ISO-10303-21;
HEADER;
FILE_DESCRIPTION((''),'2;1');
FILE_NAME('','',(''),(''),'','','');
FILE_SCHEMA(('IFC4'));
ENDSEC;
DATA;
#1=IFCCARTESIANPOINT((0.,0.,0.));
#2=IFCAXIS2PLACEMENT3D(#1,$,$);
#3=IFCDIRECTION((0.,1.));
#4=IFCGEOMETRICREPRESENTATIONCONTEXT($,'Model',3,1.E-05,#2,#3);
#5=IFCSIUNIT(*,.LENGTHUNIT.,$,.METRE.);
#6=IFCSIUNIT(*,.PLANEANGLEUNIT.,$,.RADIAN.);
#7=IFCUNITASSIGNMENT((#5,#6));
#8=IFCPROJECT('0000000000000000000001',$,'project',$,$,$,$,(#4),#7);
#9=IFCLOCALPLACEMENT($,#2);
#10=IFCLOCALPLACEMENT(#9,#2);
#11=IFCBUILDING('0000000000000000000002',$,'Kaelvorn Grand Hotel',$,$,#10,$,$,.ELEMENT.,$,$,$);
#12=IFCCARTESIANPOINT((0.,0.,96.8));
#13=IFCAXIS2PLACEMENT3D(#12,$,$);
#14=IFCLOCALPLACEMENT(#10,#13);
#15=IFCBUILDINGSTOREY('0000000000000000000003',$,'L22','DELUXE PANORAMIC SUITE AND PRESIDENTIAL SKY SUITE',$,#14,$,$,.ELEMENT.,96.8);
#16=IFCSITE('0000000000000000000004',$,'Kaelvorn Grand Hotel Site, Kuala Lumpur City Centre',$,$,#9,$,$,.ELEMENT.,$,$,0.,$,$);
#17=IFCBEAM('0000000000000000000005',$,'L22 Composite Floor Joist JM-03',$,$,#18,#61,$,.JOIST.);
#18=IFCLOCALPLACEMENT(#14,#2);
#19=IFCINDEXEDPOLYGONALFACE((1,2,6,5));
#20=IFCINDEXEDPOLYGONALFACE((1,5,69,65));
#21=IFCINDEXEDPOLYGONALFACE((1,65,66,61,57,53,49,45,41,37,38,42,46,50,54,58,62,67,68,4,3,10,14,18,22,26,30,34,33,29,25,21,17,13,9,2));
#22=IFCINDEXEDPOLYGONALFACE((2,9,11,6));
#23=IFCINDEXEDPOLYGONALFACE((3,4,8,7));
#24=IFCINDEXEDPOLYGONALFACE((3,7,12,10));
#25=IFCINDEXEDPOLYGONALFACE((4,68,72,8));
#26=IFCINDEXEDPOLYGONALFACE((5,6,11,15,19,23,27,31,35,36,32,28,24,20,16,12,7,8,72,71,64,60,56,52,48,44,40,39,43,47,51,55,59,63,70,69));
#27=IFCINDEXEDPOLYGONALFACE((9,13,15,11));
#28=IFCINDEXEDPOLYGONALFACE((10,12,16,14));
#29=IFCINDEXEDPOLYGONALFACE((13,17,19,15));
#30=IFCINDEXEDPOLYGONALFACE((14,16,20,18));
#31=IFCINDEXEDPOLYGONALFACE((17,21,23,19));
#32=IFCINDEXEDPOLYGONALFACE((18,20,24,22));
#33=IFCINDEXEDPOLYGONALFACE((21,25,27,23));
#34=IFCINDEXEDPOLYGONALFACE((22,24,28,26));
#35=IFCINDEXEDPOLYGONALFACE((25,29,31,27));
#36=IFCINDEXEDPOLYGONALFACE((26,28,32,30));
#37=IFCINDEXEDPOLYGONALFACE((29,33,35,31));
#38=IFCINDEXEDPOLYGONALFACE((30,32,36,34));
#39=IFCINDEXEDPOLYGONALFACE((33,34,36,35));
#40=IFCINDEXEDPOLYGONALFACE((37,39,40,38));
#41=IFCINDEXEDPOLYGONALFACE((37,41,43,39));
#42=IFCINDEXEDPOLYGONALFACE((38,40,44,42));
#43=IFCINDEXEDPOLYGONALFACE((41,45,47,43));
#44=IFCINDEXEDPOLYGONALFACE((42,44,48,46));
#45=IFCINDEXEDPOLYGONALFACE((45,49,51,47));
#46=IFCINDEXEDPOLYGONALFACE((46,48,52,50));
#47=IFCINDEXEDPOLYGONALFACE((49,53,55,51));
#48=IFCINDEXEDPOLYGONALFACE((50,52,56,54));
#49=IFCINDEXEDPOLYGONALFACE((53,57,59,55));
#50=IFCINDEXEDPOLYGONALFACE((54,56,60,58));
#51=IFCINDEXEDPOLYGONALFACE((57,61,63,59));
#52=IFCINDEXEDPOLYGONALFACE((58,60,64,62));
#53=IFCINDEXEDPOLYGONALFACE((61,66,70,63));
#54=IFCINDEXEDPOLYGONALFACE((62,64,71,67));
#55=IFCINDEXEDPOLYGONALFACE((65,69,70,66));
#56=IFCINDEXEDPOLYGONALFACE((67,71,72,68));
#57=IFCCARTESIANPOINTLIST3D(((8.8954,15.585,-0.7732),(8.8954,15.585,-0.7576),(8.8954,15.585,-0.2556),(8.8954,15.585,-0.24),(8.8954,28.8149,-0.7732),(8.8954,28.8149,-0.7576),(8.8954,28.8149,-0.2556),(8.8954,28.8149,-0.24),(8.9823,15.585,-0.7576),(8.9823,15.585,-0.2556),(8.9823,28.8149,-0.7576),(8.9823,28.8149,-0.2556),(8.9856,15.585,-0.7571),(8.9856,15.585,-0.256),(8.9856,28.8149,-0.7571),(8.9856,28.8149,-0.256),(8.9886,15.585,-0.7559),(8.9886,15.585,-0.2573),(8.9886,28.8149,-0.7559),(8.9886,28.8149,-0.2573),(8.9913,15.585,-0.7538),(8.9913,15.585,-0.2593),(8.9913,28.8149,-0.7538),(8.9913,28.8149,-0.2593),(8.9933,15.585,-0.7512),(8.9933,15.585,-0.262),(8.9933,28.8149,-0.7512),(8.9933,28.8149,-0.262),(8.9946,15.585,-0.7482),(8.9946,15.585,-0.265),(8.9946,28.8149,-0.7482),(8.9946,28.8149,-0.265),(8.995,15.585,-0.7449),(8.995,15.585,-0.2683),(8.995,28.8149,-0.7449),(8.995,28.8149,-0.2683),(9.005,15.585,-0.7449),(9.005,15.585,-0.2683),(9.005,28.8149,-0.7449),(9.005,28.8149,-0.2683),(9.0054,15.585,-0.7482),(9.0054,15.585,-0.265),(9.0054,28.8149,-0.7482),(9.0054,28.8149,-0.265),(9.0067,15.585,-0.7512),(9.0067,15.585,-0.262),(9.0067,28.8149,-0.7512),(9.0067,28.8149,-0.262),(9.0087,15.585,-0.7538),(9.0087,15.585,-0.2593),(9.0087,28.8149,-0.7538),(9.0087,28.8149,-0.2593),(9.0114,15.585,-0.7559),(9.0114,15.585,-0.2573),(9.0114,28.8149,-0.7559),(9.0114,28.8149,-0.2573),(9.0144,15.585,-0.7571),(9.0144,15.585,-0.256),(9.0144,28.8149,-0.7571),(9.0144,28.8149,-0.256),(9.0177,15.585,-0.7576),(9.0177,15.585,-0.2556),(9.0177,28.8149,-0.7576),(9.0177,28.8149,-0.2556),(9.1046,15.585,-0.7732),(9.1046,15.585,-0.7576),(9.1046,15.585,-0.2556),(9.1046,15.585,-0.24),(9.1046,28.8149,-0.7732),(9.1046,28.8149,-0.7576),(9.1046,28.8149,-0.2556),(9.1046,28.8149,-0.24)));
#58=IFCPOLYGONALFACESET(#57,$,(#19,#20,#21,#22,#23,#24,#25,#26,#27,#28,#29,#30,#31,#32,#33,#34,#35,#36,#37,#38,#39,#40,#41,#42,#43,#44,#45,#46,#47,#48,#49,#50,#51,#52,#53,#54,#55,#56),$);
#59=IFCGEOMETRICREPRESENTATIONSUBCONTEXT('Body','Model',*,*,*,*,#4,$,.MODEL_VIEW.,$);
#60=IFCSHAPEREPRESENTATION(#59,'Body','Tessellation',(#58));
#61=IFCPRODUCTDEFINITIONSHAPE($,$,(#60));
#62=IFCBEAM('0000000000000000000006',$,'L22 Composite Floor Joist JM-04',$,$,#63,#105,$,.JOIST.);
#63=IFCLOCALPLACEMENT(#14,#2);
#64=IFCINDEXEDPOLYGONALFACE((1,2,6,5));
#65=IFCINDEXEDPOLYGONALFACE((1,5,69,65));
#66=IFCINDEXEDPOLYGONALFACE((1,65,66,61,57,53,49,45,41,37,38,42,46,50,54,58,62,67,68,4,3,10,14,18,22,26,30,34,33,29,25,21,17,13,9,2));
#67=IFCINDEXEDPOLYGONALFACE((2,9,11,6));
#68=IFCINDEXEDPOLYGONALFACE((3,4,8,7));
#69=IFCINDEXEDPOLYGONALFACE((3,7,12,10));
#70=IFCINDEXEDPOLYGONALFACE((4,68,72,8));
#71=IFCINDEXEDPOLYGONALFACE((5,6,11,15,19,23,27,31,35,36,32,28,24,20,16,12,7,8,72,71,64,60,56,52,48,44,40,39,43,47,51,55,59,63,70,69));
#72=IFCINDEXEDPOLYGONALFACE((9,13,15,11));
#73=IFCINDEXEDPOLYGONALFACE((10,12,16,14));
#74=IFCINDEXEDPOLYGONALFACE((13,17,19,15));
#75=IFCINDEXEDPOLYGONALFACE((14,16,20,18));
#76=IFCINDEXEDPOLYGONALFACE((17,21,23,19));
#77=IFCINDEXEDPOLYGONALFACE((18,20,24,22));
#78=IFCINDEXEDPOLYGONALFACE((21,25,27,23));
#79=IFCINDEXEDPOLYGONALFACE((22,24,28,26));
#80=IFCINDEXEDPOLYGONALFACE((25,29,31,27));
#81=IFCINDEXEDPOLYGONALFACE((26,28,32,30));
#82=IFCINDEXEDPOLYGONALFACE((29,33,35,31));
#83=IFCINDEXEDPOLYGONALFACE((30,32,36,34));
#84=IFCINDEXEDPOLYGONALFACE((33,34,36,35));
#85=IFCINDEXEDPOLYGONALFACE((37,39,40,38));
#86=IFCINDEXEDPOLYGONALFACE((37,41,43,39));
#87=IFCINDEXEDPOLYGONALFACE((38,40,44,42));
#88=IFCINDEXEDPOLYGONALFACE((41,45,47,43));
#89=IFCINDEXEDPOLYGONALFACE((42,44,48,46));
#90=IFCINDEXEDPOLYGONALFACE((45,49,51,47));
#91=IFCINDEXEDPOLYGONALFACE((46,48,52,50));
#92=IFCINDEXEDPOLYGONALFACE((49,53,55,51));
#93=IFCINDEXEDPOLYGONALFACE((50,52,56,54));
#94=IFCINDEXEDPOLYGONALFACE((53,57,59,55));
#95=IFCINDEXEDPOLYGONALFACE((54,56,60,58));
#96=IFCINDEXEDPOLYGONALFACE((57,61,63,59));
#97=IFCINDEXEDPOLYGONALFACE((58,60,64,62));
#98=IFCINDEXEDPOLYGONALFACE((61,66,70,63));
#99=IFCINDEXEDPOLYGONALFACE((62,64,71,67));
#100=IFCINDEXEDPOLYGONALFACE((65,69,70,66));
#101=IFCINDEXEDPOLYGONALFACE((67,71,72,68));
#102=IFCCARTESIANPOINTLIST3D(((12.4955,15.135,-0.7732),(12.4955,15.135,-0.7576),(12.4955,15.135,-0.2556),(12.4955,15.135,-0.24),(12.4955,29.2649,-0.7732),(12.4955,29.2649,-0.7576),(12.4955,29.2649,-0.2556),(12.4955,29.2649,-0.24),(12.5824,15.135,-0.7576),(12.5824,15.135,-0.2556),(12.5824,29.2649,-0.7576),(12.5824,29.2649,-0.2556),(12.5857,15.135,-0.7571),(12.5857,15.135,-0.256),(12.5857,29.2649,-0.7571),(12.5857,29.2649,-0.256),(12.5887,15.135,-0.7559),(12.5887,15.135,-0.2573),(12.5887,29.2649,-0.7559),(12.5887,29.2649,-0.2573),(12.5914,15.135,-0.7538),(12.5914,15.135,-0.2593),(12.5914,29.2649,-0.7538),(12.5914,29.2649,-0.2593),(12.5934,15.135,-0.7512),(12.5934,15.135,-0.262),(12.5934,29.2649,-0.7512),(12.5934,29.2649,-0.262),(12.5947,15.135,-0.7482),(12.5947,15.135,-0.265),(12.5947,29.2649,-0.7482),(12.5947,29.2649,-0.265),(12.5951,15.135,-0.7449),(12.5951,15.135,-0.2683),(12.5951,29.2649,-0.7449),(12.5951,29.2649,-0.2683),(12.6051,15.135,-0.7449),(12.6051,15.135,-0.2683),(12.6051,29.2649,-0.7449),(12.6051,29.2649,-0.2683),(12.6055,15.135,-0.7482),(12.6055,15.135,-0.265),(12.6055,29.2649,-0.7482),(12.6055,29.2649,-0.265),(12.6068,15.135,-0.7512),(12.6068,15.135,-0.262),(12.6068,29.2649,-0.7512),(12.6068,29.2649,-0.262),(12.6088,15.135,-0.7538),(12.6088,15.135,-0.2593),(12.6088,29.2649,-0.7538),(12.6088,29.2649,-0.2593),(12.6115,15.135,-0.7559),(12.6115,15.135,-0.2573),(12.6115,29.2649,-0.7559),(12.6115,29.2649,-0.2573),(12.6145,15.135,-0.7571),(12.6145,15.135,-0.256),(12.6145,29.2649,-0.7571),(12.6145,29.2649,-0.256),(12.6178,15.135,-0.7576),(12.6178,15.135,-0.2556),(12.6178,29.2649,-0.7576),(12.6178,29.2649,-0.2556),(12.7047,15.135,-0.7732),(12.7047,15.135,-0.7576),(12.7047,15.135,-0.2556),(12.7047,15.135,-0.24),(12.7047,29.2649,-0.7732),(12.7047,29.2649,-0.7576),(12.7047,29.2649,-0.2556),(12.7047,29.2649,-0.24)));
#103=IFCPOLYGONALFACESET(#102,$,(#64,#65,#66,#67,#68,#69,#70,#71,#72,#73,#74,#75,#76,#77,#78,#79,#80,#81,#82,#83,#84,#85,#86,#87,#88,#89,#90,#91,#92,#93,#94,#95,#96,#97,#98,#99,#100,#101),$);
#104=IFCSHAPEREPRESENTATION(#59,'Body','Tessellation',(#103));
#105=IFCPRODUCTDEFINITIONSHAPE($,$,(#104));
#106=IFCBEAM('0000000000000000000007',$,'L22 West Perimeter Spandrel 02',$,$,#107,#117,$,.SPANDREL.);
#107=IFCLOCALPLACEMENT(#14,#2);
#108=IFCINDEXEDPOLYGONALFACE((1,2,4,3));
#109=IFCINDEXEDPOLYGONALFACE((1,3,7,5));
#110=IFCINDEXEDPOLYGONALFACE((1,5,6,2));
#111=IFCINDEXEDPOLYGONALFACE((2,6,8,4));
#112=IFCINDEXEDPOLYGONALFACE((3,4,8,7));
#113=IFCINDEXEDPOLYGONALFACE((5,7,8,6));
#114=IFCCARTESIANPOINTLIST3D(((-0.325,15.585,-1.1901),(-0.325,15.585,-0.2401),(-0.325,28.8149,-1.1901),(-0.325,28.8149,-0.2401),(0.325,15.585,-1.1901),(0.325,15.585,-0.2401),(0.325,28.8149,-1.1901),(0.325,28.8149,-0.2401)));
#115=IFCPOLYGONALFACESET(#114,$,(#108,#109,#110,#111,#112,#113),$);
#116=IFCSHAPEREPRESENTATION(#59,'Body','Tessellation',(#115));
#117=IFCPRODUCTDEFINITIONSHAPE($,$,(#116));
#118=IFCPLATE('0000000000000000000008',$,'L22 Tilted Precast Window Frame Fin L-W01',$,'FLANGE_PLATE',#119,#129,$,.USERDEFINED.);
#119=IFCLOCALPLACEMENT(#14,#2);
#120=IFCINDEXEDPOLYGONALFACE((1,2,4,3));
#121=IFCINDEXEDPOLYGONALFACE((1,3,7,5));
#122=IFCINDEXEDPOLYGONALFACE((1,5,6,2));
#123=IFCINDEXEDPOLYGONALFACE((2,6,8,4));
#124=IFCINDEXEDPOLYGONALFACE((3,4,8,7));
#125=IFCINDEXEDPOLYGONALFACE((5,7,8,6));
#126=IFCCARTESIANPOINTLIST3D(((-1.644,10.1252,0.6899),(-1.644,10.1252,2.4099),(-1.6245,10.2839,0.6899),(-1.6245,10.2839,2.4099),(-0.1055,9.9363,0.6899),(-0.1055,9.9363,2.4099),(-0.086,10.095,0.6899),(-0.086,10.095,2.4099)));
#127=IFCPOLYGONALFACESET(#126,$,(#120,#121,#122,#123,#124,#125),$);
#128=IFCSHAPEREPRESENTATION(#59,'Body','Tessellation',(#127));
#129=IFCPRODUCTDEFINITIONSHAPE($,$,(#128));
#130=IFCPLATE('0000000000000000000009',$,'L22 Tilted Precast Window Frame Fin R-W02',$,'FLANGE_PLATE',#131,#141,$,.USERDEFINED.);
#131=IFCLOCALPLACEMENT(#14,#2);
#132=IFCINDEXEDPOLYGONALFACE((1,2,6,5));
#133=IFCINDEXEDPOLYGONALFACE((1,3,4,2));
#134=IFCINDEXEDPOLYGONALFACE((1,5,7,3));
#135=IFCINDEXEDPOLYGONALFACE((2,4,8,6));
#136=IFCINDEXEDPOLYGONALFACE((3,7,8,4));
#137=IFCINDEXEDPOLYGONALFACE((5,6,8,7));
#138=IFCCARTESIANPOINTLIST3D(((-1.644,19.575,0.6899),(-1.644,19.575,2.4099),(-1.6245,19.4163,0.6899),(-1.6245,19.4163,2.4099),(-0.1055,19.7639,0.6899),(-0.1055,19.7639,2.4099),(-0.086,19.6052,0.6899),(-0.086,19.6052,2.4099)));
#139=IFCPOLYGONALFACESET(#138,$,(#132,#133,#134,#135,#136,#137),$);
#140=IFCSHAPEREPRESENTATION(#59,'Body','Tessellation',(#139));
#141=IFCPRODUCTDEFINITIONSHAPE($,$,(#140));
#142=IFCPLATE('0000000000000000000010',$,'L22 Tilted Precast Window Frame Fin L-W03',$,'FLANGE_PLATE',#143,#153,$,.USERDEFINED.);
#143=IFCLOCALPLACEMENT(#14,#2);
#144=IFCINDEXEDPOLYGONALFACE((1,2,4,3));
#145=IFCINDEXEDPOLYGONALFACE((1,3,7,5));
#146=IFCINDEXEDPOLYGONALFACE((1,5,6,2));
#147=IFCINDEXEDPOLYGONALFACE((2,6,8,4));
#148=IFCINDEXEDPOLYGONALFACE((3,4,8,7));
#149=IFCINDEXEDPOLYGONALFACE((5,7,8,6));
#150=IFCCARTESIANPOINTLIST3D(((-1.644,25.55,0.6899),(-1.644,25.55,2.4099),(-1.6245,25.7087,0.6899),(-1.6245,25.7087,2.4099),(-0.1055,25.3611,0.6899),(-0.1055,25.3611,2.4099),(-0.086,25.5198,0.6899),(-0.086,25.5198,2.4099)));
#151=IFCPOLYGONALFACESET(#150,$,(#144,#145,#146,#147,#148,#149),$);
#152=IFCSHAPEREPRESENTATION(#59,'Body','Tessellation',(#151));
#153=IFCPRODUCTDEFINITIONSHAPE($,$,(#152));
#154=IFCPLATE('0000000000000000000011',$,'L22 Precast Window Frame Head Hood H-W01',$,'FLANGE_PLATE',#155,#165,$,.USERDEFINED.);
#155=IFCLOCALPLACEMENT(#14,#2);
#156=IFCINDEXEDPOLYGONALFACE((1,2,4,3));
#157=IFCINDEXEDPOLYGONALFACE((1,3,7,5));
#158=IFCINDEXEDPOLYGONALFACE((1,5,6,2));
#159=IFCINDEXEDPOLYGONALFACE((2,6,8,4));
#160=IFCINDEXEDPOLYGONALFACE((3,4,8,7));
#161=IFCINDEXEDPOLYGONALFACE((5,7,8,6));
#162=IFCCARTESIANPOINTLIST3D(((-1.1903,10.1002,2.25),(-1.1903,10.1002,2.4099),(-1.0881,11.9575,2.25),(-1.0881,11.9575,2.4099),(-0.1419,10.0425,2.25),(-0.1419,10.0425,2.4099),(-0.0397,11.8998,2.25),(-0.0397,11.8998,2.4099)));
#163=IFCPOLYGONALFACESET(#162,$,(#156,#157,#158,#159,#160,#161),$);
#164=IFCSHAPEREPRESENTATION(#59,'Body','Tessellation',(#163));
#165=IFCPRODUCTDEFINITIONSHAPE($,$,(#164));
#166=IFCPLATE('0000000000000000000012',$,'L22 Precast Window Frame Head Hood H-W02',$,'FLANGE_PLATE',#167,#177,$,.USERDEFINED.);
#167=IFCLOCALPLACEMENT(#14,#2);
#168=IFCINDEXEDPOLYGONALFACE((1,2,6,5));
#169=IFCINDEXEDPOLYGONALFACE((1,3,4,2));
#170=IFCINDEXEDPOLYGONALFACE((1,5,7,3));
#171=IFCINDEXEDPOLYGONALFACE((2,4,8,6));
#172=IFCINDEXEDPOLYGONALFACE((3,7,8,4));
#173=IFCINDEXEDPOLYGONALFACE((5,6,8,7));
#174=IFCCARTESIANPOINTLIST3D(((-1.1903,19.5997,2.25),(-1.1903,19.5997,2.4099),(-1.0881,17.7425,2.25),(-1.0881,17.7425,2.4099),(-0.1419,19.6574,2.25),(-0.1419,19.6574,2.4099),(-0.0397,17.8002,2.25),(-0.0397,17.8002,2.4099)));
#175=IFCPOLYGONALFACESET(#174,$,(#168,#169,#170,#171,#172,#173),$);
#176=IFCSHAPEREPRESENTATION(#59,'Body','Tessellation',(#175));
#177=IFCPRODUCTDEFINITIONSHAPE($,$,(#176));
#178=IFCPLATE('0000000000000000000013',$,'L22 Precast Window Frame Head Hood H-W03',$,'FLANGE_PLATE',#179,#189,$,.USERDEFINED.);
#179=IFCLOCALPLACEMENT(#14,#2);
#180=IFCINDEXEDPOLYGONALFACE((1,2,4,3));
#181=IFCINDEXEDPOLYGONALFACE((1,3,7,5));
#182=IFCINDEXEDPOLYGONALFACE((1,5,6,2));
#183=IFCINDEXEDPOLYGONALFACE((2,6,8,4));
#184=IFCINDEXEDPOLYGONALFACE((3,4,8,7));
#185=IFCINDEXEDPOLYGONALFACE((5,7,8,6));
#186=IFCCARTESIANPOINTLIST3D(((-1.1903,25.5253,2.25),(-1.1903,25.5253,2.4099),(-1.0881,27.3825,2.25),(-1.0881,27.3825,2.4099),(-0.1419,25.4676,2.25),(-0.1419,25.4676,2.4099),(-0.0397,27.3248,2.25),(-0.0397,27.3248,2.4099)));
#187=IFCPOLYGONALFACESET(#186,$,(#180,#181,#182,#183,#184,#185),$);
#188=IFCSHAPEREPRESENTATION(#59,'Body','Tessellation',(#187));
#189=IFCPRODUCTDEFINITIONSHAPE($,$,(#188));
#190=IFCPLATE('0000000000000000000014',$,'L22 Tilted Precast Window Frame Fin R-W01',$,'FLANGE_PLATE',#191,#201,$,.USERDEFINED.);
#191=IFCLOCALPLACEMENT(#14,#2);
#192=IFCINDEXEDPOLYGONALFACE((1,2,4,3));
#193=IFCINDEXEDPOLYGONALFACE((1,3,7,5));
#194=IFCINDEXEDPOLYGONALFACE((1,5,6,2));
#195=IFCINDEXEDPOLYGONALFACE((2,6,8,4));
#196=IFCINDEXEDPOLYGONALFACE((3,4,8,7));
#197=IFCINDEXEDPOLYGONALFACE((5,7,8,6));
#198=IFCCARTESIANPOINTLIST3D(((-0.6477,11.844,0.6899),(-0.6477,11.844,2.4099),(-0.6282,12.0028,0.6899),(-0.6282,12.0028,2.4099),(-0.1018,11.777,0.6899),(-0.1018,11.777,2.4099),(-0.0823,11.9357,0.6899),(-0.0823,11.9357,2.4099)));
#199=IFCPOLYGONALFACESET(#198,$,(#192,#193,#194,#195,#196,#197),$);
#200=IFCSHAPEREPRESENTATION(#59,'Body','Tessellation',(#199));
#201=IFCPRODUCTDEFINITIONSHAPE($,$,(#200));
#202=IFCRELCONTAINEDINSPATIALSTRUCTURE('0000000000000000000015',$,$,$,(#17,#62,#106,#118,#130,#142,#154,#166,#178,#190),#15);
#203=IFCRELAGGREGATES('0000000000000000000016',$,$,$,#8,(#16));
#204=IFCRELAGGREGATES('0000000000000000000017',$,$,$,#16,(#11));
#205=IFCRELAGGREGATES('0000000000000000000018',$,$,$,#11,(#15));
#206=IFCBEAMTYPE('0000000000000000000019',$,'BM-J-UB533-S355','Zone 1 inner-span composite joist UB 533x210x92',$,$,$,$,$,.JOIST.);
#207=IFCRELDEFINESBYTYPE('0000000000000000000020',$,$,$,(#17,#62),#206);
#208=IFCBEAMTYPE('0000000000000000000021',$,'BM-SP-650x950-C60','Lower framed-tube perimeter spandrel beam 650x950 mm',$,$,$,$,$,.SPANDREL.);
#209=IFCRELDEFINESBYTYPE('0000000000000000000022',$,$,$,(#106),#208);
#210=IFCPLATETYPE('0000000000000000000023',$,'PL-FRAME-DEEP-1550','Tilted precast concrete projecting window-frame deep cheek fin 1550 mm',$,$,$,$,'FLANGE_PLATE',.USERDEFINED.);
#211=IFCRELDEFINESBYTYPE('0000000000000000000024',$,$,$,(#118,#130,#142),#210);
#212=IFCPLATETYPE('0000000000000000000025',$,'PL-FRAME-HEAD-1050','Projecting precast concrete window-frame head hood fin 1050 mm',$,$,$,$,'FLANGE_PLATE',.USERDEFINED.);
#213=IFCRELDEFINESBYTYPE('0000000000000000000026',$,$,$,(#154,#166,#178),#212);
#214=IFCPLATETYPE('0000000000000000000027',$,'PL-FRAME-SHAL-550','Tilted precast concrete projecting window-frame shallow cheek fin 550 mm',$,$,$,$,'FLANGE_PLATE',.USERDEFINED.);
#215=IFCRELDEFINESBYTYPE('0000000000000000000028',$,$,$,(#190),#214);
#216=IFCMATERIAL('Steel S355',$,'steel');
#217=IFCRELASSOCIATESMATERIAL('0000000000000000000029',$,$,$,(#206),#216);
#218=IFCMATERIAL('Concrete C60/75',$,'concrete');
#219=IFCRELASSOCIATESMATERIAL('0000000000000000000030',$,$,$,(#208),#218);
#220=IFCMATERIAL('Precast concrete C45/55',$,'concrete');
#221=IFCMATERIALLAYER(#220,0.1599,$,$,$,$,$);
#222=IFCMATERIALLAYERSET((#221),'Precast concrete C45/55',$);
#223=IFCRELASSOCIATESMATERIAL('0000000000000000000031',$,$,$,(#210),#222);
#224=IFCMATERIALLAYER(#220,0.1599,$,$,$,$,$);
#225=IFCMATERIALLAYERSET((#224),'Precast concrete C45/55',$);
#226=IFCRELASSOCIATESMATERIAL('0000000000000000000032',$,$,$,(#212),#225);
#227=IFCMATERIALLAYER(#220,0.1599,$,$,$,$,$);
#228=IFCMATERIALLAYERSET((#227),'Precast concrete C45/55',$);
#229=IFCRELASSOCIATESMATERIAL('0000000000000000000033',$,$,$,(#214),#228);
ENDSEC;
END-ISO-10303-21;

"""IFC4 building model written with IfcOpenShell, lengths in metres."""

from ifc_helpers import new_model, si_unit, direction, frame, origin, origin_2d, place, context, subcontext, project, spatial, rectangle, i_section, extrude, material, layer, layer_set, material_profile, profile_set, type_object, element, save


model = new_model("IFC4")

# Units and contexts
model_context = context("Model", 3, precision=1e-05, world=origin(), true_north=direction((0.0, 1.0)))
body_context = subcontext(model_context, "Body", "Model", "MODEL_VIEW")
ifc_project = project(units=[si_unit("LENGTHUNIT", "METRE"), si_unit("PLANEANGLEUNIT", "RADIAN")], contexts=[model_context])

# Site, building, storey
site_placement = place(None, origin())
site = spatial("IfcSite", under=ifc_project, at=site_placement, Name="Kaelvorn Grand Hotel Site, Kuala Lumpur City Centre", CompositionType="ELEMENT", RefElevation=0.0)
building_placement = place(site_placement, origin())
building = spatial("IfcBuilding", under=site, at=building_placement, Name="Kaelvorn Grand Hotel", CompositionType="ELEMENT")
storey_placement = place(building_placement, frame((0.0, 0.0, 96.8)))
storey = spatial("IfcBuildingStorey", under=building, at=storey_placement, Name="L22", Description="DELUXE PANORAMIC SUITE AND PRESIDENTIAL SKY SUITE", CompositionType="ELEMENT", Elevation=96.8)

# Shared definitions
ifc_material_1 = material(Name="Concrete C60/75", Category="concrete")

# Beams
ifc_material_2 = material(Name="Steel S355", Category="steel")
ifc_material_profile_1 = material_profile(ifc_material_2, i_section(OverallWidth=0.2092, OverallDepth=0.5332, WebThickness=0.01, FlangeThickness=0.0156, FilletRadius=0.0127, at=origin_2d()), Name="UB 533x210x92")
ifc_profile_set_1 = profile_set([ifc_material_profile_1], Name="Steel S355")
beam_type_1 = type_object("IfcBeamType", Name="BM-J-UB533-S355", Description="Zone 1 inner-span composite joist UB 533x210x92", PredefinedType="JOIST", material=ifc_profile_set_1)
beam_1_placement = place(storey_placement, frame((9.0, 15.585, -0.5066), z_axis=(0.0, 1.0, 0.0), x_axis=(-1.0, 0.0, 0.0)))
element("IfcBeam", 1, at=beam_1_placement, inside=storey, type_object=beam_type_1, Name="L22 Composite Floor Joist JM-03", PredefinedType="JOIST", context=body_context, shape_type="SweptSolid", body=[
    extrude(i_section(OverallWidth=0.2092, OverallDepth=0.5332, WebThickness=0.01, FlangeThickness=0.0156, FilletRadius=0.0127, at=origin_2d()), origin(), (0.0, 0.0, 1.0), 13.23),
])
beam_2_placement = place(storey_placement, frame((12.6001, 15.135, -0.5066), z_axis=(0.0, 1.0, 0.0), x_axis=(-1.0, 0.0, 0.0)))
element("IfcBeam", 2, at=beam_2_placement, inside=storey, type_object=beam_type_1, Name="L22 Composite Floor Joist JM-04", PredefinedType="JOIST", context=body_context, shape_type="SweptSolid", body=[
    extrude(i_section(OverallWidth=0.2092, OverallDepth=0.5332, WebThickness=0.01, FlangeThickness=0.0156, FilletRadius=0.0127, at=origin_2d()), origin(), (0.0, 0.0, 1.0), 14.1299),
])
ifc_material_profile_2 = material_profile(ifc_material_1, rectangle(XDim=0.6499, YDim=0.95, at=origin_2d()), Name="RC SPANDREL 650x950")
ifc_profile_set_2 = profile_set([ifc_material_profile_2], Name="Concrete C60/75")
beam_type_2 = type_object("IfcBeamType", Name="BM-SP-650x950-C60", Description="Lower framed-tube perimeter spandrel beam 650x950 mm", PredefinedType="SPANDREL", material=ifc_profile_set_2)
beam_3_placement = place(storey_placement, frame((0.0, 15.585, -0.7151), z_axis=(0.0, 1.0, 0.0), x_axis=(-1.0, 0.0, 0.0)))
element("IfcBeam", 3, at=beam_3_placement, inside=storey, type_object=beam_type_2, Name="L22 West Perimeter Spandrel 02", PredefinedType="SPANDREL", context=body_context, shape_type="SweptSolid", body=[
    extrude(rectangle(XDim=0.6499, YDim=0.95, at=origin_2d()), origin(), (0.0, 0.0, 1.0), 13.23),
])

# Plates
ifc_material_3 = material(Name="Precast concrete C45/55", Category="concrete")
ifc_layer_1 = layer(ifc_material_3, 0.1599)
ifc_layer_set_1 = layer_set([ifc_layer_1], Name="Precast concrete C45/55")
plate_type_1 = type_object("IfcPlateType", Name="PL-FRAME-DEEP-1550", Description="Tilted precast concrete projecting window-frame deep cheek fin 1550 mm", ElementType="FLANGE_PLATE", PredefinedType="USERDEFINED", material=ifc_layer_set_1)
for number, where, z_axis, x_axis, name in (
    (4, (-0.865, 10.1101, 0.6899), (0.0, 0.0, 1.0), (0.121869, 0.992546, 0.0), "L22 Tilted Precast Window Frame Fin L-W01"),
    (5, (-0.865, 19.5901, 0.6899), (0.0, 0.0, 1.0), (-0.121869, 0.992546, 0.0), "L22 Tilted Precast Window Frame Fin R-W02"),
    (6, (-0.865, 25.5349, 0.6899), (0.0, 0.0, 1.0), (0.121869, 0.992546, 0.0), "L22 Tilted Precast Window Frame Fin L-W03"),
):
    element("IfcPlate", number, at=place(storey_placement, frame(where, z_axis=z_axis, x_axis=x_axis)), inside=storey, type_object=plate_type_1, Name=name, ObjectType="FLANGE_PLATE", PredefinedType="USERDEFINED", context=body_context, shape_type="SweptSolid", body=[
        extrude(rectangle(XDim=0.1599, YDim=1.55, at=origin_2d()), origin(), (0.0, 0.0, 1.0), 1.72),
    ])
ifc_layer_2 = layer(ifc_material_3, 0.1599)
ifc_layer_set_2 = layer_set([ifc_layer_2], Name="Precast concrete C45/55")
plate_type_2 = type_object("IfcPlateType", Name="PL-FRAME-HEAD-1050", Description="Projecting precast concrete window-frame head hood fin 1050 mm", ElementType="FLANGE_PLATE", PredefinedType="USERDEFINED", material=ifc_layer_set_2)
for number, where, z_axis, x_axis, name in (
    (7, (-0.615, 11.0, 2.25), (0.0, 0.0, 1.0), (0.05495, 0.998489, 0.0), "L22 Precast Window Frame Head Hood H-W01"),
    (8, (-0.615, 18.7, 2.25), (0.0, 0.0, 1.0), (-0.05495, 0.998489, 0.0), "L22 Precast Window Frame Head Hood H-W02"),
    (9, (-0.615, 26.425, 2.25), (0.0, 0.0, 1.0), (0.05495, 0.998489, 0.0), "L22 Precast Window Frame Head Hood H-W03"),
):
    element("IfcPlate", number, at=place(storey_placement, frame(where, z_axis=z_axis, x_axis=x_axis)), inside=storey, type_object=plate_type_2, Name=name, ObjectType="FLANGE_PLATE", PredefinedType="USERDEFINED", context=body_context, shape_type="SweptSolid", body=[
        extrude(rectangle(XDim=1.8601, YDim=1.05, at=origin_2d()), origin(), (0.0, 0.0, 1.0), 0.1599),
    ])
ifc_layer_3 = layer(ifc_material_3, 0.1599)
ifc_layer_set_3 = layer_set([ifc_layer_3], Name="Precast concrete C45/55")
plate_type_3 = type_object("IfcPlateType", Name="PL-FRAME-SHAL-550", Description="Tilted precast concrete projecting window-frame shallow cheek fin 550 mm", ElementType="FLANGE_PLATE", PredefinedType="USERDEFINED", material=ifc_layer_set_3)
for number, where, z_axis, x_axis, name in (
    (10, (-0.365, 11.8899, 0.6899), (0.0, 0.0, 1.0), (0.121869, 0.992546, 0.0), "L22 Tilted Precast Window Frame Fin R-W01"),
):
    element("IfcPlate", number, at=place(storey_placement, frame(where, z_axis=z_axis, x_axis=x_axis)), inside=storey, type_object=plate_type_3, Name=name, ObjectType="FLANGE_PLATE", PredefinedType="USERDEFINED", context=body_context, shape_type="SweptSolid", body=[
        extrude(rectangle(XDim=0.1599, YDim=0.55, at=origin_2d()), origin(), (0.0, 0.0, 1.0), 1.72),
    ])

save(model, "model.ifc")
